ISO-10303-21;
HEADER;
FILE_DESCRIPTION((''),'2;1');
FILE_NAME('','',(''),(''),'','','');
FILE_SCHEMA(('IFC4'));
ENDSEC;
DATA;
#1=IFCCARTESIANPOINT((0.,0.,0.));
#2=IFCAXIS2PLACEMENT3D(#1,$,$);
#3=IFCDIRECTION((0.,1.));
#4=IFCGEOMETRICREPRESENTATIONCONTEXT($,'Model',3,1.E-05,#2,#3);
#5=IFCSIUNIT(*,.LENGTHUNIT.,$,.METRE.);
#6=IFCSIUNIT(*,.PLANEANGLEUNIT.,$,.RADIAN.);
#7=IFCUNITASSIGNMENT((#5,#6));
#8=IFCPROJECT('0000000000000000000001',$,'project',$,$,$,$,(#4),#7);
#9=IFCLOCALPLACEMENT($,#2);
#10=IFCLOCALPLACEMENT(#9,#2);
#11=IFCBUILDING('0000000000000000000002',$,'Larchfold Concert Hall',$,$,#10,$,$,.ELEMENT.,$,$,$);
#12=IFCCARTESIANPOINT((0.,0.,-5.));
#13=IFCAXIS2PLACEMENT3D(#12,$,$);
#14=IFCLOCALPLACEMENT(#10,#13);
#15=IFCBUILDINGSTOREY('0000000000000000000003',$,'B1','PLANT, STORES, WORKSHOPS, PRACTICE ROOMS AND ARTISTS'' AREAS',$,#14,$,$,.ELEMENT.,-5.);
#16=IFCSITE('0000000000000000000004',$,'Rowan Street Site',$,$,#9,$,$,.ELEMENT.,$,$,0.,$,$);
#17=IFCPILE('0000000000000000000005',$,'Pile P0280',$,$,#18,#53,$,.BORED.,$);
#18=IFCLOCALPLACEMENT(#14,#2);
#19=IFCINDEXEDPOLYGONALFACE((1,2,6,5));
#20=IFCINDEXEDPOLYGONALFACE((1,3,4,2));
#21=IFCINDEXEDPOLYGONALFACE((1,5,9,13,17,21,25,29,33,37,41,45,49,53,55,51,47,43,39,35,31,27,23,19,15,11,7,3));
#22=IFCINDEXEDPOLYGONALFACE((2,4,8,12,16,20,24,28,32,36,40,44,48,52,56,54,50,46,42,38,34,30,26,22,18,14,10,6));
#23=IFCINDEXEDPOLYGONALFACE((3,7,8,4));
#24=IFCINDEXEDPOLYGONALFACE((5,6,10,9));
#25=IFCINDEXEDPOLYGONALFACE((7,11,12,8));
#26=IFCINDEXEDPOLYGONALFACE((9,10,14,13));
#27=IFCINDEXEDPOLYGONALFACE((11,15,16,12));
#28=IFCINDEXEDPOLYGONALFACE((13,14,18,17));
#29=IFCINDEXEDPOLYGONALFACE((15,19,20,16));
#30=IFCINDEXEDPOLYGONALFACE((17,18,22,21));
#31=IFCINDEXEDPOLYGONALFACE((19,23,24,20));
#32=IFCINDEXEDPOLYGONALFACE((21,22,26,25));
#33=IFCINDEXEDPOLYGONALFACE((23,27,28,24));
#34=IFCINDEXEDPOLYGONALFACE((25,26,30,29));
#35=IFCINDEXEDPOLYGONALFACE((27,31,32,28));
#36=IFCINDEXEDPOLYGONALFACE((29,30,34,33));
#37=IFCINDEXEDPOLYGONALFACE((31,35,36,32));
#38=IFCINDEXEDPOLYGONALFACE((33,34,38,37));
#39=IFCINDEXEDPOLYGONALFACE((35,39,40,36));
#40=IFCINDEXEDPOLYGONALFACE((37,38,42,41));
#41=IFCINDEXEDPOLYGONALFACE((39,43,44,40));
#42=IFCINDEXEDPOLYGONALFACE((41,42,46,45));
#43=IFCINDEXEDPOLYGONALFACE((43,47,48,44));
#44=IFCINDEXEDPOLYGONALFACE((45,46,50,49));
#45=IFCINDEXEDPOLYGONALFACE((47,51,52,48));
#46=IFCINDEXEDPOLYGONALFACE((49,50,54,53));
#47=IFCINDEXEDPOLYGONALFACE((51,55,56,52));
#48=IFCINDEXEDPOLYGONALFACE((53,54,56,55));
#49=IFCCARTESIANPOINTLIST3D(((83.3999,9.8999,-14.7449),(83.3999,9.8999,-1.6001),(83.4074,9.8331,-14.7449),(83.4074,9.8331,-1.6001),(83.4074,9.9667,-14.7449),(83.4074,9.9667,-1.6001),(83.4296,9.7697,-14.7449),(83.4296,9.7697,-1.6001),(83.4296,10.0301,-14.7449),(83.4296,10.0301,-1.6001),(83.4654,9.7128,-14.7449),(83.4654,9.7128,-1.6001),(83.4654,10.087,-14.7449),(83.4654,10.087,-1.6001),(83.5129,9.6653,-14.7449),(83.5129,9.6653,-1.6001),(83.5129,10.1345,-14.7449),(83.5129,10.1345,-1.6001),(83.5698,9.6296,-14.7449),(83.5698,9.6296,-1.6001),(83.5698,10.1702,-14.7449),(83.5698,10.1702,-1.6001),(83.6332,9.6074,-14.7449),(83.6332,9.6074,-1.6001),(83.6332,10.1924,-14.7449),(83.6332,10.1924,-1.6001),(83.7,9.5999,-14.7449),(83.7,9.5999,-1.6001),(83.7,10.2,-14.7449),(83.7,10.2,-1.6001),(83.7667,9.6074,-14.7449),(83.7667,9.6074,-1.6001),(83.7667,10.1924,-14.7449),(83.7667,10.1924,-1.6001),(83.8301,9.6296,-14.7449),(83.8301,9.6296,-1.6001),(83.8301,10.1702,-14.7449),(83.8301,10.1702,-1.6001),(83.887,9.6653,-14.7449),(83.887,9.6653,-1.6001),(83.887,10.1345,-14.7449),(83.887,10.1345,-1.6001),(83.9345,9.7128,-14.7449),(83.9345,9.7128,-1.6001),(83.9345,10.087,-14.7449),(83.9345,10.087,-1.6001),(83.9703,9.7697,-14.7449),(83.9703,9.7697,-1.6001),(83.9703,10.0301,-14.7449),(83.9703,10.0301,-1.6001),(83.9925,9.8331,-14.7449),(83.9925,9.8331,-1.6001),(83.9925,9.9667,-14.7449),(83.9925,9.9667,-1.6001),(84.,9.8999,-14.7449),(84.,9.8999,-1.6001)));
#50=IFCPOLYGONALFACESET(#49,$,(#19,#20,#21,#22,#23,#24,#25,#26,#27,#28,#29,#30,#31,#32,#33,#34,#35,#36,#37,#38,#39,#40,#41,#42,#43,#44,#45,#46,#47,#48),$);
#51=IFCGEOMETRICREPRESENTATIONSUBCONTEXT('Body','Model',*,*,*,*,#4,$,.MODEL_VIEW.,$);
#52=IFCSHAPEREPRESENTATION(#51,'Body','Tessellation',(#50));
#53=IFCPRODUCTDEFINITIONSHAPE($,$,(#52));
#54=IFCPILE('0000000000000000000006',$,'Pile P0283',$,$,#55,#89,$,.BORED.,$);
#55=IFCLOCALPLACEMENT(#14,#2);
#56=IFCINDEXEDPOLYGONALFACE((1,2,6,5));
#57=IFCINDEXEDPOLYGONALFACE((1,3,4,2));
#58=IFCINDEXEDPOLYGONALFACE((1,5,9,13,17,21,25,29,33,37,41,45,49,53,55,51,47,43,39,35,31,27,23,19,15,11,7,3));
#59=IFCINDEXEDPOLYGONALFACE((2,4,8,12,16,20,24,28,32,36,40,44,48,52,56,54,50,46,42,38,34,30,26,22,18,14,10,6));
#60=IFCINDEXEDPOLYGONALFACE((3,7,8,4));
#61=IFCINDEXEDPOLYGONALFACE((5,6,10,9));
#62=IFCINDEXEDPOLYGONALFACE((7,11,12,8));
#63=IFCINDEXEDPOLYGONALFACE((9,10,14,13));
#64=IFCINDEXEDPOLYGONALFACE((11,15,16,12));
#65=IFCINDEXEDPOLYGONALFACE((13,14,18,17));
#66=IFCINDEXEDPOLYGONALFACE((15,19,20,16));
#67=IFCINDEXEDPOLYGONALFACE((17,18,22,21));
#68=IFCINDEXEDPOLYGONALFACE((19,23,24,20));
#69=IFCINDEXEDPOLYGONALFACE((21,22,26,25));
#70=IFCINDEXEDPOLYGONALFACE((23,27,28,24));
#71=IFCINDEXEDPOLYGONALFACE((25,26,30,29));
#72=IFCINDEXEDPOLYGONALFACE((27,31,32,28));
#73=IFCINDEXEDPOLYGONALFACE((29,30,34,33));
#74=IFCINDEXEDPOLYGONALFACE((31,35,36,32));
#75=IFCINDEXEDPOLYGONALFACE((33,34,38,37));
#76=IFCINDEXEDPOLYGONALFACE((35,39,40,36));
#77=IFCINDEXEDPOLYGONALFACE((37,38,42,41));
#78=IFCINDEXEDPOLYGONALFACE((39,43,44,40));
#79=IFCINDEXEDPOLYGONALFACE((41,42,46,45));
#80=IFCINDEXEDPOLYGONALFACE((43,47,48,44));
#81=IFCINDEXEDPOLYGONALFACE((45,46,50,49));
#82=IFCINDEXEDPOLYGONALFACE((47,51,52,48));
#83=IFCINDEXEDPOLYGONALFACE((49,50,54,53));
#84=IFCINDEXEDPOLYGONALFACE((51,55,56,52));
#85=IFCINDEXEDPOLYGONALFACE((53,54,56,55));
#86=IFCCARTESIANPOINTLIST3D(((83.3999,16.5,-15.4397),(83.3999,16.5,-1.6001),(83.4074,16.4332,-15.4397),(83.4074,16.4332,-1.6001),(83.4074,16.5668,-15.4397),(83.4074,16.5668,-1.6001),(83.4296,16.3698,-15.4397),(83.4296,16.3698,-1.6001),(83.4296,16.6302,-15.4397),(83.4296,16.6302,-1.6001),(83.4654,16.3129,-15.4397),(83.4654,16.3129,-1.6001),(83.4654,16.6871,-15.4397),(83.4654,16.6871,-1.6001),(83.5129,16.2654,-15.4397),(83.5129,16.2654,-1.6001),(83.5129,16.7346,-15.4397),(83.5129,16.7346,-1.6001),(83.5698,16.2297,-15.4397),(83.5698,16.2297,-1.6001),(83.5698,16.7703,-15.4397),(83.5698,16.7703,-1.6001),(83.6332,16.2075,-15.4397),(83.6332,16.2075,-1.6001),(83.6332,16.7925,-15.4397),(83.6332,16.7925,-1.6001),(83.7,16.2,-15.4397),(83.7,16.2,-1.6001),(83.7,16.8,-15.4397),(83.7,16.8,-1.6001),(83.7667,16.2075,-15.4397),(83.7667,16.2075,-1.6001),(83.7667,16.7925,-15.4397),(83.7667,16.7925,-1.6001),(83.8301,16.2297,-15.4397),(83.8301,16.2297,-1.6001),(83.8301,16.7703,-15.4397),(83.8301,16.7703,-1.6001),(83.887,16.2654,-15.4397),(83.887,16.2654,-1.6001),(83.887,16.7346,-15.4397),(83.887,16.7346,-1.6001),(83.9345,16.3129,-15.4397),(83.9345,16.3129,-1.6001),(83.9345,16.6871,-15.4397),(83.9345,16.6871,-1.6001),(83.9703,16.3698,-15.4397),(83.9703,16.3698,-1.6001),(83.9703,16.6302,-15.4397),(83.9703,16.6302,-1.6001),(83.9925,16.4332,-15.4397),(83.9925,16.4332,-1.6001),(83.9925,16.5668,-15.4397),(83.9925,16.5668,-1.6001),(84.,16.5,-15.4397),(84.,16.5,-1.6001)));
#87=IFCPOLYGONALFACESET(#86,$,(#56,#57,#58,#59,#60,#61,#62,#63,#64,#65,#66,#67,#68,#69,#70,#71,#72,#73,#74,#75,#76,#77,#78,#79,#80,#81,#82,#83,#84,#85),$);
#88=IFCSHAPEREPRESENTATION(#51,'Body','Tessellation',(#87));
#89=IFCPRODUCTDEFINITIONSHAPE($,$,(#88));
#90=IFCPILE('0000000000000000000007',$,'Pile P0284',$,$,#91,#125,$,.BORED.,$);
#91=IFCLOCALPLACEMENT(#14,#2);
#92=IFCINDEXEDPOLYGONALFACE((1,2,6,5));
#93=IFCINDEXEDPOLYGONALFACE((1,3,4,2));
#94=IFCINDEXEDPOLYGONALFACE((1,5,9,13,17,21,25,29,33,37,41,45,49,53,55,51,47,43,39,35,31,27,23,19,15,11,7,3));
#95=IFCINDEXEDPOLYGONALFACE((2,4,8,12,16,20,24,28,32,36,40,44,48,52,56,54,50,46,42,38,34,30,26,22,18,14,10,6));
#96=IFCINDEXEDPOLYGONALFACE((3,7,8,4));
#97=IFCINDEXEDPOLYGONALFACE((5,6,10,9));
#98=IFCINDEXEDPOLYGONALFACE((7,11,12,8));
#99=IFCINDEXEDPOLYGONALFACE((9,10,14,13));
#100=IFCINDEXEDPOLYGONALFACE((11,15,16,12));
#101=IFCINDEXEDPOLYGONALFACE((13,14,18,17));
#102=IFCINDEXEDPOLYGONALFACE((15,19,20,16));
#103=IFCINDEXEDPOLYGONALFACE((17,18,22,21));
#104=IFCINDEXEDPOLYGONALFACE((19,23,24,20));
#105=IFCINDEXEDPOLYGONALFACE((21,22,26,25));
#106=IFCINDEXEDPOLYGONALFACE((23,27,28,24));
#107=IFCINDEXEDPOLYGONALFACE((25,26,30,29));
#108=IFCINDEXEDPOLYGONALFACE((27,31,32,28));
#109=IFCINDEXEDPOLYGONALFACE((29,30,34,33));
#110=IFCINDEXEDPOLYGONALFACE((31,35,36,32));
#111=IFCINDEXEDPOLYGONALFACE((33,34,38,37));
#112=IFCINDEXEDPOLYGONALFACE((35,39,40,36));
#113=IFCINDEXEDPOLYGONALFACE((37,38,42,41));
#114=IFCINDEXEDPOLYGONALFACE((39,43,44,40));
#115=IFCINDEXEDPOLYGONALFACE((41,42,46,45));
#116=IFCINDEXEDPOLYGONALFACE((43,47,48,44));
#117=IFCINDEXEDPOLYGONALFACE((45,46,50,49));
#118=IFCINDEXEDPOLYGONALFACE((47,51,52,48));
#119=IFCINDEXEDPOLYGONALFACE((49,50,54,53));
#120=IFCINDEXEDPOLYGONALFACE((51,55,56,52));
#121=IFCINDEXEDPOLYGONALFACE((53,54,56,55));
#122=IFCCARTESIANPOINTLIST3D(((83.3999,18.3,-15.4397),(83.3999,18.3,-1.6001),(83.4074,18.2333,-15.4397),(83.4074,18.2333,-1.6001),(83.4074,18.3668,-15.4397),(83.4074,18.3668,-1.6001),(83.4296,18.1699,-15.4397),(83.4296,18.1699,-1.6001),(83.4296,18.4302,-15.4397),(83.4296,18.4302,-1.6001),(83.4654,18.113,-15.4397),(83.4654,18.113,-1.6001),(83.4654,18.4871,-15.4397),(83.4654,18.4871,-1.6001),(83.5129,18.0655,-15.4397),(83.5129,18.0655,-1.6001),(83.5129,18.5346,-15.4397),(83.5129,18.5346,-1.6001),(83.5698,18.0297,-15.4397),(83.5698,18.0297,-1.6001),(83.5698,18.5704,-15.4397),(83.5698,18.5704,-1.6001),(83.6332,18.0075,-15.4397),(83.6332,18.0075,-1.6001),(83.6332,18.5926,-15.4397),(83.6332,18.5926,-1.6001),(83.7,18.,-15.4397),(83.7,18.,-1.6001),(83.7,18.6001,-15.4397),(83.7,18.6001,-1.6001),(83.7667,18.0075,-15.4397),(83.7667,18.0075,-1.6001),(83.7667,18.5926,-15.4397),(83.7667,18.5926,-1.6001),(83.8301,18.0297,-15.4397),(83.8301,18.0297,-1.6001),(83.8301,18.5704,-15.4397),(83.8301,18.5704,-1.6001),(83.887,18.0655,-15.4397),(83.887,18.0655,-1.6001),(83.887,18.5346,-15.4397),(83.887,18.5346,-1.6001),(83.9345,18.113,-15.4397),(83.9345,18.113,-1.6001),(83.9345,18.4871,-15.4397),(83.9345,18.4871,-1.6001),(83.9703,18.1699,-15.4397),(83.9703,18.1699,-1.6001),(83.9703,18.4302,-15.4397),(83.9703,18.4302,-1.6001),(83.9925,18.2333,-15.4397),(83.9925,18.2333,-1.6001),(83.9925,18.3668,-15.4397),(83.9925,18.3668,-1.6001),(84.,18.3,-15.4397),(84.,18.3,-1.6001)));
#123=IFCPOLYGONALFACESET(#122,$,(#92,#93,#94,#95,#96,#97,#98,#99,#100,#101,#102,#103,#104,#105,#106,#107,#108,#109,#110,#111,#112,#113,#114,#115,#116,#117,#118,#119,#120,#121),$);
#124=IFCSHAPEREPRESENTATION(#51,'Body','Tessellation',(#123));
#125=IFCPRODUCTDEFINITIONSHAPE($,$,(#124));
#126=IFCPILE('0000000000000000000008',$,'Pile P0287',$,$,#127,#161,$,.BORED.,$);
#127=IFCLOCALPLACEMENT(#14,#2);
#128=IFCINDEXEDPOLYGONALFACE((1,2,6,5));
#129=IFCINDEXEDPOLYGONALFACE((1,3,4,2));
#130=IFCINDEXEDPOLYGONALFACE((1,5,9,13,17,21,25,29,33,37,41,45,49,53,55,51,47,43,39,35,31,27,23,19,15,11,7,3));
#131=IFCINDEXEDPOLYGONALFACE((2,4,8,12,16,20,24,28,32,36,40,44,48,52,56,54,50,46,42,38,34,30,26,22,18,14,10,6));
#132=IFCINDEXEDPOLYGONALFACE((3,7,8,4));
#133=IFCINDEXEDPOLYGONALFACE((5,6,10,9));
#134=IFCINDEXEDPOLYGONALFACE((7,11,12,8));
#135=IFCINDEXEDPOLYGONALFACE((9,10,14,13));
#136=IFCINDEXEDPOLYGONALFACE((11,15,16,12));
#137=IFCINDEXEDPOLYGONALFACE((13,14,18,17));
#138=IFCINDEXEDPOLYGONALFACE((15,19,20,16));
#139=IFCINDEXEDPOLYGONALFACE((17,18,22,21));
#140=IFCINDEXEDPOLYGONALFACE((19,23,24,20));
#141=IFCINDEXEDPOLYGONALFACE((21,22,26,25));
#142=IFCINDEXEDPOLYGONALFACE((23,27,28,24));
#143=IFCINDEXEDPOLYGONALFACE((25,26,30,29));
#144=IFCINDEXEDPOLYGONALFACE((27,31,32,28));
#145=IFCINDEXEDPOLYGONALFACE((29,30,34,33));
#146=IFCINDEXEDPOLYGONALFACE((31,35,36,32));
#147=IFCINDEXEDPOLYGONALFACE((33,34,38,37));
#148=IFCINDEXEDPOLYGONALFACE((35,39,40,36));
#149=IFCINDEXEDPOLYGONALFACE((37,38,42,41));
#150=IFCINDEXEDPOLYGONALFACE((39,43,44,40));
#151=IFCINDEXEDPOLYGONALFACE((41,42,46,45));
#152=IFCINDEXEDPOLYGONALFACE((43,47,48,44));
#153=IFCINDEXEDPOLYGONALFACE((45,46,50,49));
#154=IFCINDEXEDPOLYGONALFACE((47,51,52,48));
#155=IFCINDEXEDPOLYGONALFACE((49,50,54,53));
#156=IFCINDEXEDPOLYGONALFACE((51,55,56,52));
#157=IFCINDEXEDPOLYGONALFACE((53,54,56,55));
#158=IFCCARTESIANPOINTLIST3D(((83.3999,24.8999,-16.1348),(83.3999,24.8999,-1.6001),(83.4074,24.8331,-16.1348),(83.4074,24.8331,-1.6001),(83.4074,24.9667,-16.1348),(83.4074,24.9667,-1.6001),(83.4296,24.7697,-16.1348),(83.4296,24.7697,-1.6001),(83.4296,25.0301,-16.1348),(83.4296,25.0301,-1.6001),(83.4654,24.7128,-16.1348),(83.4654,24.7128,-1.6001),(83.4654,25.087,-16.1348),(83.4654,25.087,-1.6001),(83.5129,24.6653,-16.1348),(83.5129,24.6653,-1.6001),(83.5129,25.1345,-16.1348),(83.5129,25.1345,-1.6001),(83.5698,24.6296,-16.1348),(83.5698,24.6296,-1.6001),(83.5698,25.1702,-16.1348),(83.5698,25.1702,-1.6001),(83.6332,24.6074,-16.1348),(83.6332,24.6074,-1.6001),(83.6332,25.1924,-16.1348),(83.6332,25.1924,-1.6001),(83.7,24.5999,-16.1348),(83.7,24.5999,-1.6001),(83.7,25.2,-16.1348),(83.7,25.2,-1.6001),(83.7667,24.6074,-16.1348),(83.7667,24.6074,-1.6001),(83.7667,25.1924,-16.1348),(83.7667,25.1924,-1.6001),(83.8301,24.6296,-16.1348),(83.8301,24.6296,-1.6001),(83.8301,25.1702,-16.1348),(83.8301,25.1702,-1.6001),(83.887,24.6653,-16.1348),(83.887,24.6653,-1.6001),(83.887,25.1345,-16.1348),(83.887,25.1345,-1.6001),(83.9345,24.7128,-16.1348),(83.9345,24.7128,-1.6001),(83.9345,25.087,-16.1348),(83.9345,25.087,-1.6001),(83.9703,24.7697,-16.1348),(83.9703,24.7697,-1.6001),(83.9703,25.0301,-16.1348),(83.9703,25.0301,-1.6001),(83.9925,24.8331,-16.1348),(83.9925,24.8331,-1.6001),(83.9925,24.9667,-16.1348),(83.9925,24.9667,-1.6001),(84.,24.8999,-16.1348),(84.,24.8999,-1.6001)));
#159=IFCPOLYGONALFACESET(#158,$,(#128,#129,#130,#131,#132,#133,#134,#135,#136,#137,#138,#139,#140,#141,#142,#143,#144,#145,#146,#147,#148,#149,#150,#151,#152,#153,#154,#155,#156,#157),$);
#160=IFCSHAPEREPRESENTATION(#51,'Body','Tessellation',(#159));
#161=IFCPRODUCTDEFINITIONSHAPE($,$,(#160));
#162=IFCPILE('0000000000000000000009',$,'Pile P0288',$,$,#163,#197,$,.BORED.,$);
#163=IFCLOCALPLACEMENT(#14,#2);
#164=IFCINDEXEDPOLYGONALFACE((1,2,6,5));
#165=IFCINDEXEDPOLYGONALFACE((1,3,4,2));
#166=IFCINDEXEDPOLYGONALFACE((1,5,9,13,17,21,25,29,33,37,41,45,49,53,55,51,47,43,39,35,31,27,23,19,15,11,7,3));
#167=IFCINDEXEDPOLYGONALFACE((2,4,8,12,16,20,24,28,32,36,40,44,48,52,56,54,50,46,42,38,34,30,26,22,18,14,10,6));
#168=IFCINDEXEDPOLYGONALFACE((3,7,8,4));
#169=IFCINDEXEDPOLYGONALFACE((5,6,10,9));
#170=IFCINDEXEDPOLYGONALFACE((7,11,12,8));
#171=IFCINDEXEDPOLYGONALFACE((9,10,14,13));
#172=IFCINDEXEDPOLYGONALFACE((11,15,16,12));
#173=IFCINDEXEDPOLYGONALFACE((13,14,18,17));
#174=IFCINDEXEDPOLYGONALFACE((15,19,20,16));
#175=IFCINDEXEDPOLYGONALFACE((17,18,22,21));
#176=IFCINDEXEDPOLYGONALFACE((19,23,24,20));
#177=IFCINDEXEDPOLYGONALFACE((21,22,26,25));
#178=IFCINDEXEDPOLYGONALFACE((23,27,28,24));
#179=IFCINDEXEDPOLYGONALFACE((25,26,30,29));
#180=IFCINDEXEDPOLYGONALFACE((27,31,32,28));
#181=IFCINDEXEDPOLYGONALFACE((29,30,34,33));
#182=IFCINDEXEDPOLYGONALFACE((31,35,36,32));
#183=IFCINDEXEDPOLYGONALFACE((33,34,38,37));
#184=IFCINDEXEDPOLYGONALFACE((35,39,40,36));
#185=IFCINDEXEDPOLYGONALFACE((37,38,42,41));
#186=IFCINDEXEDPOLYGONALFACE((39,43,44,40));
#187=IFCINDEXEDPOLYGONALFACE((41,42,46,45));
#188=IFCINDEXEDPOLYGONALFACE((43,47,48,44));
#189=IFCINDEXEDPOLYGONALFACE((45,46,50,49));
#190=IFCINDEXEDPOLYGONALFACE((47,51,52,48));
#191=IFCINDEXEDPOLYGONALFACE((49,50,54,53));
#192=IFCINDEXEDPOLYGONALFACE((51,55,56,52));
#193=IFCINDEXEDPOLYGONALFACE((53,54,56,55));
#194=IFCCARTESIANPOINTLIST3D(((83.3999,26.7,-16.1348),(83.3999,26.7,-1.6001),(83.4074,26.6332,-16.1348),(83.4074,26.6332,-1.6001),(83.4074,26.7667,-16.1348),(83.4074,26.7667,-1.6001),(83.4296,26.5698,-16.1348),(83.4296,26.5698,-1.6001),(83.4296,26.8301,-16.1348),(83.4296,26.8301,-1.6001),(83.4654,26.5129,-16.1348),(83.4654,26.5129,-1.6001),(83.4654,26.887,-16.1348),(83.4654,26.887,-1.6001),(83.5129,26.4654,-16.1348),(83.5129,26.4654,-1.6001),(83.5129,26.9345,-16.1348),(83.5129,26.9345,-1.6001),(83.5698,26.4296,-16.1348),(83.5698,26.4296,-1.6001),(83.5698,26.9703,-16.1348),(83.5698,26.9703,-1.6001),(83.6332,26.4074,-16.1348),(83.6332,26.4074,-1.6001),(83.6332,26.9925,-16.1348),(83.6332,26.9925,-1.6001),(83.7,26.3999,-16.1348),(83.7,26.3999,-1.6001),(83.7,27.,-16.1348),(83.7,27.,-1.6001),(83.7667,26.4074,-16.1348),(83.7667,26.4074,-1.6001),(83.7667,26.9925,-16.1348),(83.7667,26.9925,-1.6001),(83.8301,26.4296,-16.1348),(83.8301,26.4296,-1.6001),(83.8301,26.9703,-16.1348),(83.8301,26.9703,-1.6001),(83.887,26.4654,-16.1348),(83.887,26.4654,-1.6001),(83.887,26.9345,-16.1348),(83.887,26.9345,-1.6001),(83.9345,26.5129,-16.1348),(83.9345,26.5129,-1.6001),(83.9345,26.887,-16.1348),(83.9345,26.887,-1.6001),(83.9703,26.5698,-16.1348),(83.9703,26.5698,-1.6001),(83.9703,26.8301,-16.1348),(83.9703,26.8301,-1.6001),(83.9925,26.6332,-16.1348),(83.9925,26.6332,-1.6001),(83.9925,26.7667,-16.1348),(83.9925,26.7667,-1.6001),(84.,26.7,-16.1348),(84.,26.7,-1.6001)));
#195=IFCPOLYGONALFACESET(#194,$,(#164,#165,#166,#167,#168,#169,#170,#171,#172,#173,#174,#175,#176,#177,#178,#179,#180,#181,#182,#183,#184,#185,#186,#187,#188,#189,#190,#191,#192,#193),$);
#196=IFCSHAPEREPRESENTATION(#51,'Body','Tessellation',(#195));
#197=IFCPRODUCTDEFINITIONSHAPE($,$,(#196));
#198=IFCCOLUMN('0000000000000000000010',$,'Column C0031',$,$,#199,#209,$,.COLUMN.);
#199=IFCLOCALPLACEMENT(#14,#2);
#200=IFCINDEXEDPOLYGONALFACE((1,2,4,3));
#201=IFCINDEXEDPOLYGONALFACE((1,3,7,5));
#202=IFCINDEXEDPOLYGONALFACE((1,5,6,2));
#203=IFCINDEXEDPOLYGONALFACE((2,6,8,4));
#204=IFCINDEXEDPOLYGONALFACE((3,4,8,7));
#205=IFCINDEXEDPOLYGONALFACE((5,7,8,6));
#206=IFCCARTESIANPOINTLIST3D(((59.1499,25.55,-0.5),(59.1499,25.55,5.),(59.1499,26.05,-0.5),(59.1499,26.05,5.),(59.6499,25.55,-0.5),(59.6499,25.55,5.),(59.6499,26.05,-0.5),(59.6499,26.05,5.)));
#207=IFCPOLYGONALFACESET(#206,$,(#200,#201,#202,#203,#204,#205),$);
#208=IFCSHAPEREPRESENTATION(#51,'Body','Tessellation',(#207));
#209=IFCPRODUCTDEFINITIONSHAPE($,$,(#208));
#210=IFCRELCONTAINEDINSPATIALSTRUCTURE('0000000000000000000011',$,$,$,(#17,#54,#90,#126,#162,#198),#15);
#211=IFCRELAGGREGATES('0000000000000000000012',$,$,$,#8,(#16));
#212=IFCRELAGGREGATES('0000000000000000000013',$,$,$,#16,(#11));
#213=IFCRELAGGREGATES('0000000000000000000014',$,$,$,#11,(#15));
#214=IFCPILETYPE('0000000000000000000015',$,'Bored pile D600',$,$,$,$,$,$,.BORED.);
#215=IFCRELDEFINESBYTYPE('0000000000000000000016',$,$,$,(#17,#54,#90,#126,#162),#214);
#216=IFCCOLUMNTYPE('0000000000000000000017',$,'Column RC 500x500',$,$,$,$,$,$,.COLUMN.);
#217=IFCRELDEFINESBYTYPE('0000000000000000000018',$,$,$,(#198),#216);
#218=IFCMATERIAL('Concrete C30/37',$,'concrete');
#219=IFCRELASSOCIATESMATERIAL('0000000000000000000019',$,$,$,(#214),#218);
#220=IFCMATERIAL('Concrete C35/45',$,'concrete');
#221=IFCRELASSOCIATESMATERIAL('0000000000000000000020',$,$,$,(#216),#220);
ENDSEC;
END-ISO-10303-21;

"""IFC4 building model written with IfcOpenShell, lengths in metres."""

from ifc_helpers import new_model, si_unit, direction, frame, origin, origin_2d, place, context, subcontext, project, spatial, rectangle, circle, extrude, material, material_profile, profile_set, type_object, element, save


model = new_model("IFC4")

# Units and contexts
model_context = context("Model", 3, precision=1e-05, world=origin(), true_north=direction((0.0, 1.0)))
body_context = subcontext(model_context, "Body", "Model", "MODEL_VIEW")
ifc_project = project(units=[si_unit("LENGTHUNIT", "METRE"), si_unit("PLANEANGLEUNIT", "RADIAN")], contexts=[model_context])

# Site, building, storey
site_placement = place(None, origin())
site = spatial("IfcSite", under=ifc_project, at=site_placement, Name="Rowan Street Site", CompositionType="ELEMENT", RefElevation=0.0)
building_placement = place(site_placement, origin())
building = spatial("IfcBuilding", under=site, at=building_placement, Name="Larchfold Concert Hall", CompositionType="ELEMENT")
storey_placement = place(building_placement, frame((0.0, 0.0, -5.0)))
storey = spatial("IfcBuildingStorey", under=building, at=storey_placement, Name="B1", Description="PLANT, STORES, WORKSHOPS, PRACTICE ROOMS AND ARTISTS' AREAS", CompositionType="ELEMENT", Elevation=-5.0)

# Piles
ifc_material_1 = material(Name="Concrete C30/37", Category="concrete")
ifc_material_profile_1 = material_profile(ifc_material_1, circle(Radius=0.3, at=origin_2d()))
ifc_profile_set_1 = profile_set([ifc_material_profile_1], Name="Concrete C30/37")
pile_type = type_object("IfcPileType", Name="Bored pile D600", PredefinedType="BORED", material=ifc_profile_set_1)
for number, where, z_axis, x_axis, name in (
    (1, (83.7, 9.8999, -1.6001), (0.0, 0.0, -1.0), (1.0, 0.0, 0.0), "Pile P0280"),
):
    element("IfcPile", number, at=place(storey_placement, frame(where, z_axis=z_axis, x_axis=x_axis)), inside=storey, type_object=pile_type, Name=name, PredefinedType="BORED", context=body_context, shape_type="SweptSolid", body=[
        extrude(circle(Radius=0.3, at=origin_2d()), origin(), (0.0, 0.0, 1.0), 13.1448),
    ])
for number, where, z_axis, x_axis, name in (
    (2, (83.7, 16.5, -1.6001), (0.0, 0.0, -1.0), (1.0, 0.0, 0.0), "Pile P0283"),
    (3, (83.7, 18.3, -1.6001), (0.0, 0.0, -1.0), (1.0, 0.0, 0.0), "Pile P0284"),
):
    element("IfcPile", number, at=place(storey_placement, frame(where, z_axis=z_axis, x_axis=x_axis)), inside=storey, type_object=pile_type, Name=name, PredefinedType="BORED", context=body_context, shape_type="SweptSolid", body=[
        extrude(circle(Radius=0.3, at=origin_2d()), origin(), (0.0, 0.0, 1.0), 13.8396),
    ])
for number, where, z_axis, x_axis, name in (
    (4, (83.7, 24.8999, -1.6001), (0.0, 0.0, -1.0), (1.0, 0.0, 0.0), "Pile P0287"),
    (5, (83.7, 26.7, -1.6001), (0.0, 0.0, -1.0), (1.0, 0.0, 0.0), "Pile P0288"),
):
    element("IfcPile", number, at=place(storey_placement, frame(where, z_axis=z_axis, x_axis=x_axis)), inside=storey, type_object=pile_type, Name=name, PredefinedType="BORED", context=body_context, shape_type="SweptSolid", body=[
        extrude(circle(Radius=0.3, at=origin_2d()), origin(), (0.0, 0.0, 1.0), 14.5347),
    ])

# Column
ifc_material_2 = material(Name="Concrete C35/45", Category="concrete")
ifc_material_profile_2 = material_profile(ifc_material_2, rectangle(XDim=0.5, YDim=0.5, at=origin_2d()))
ifc_profile_set_2 = profile_set([ifc_material_profile_2], Name="Concrete C35/45")
column_type_1 = type_object("IfcColumnType", Name="Column RC 500x500", PredefinedType="COLUMN", material=ifc_profile_set_2)
column_placement = place(storey_placement, frame((59.3999, 25.8, -0.5), z_axis=(0.0, 0.0, 1.0), x_axis=(1.0, 0.0, 0.0)))
element("IfcColumn", 6, at=column_placement, inside=storey, type_object=column_type_1, Name="Column C0031", PredefinedType="COLUMN", context=body_context, shape_type="SweptSolid", body=[
    extrude(rectangle(XDim=0.5, YDim=0.5, at=origin_2d()), origin(), (0.0, 0.0, 1.0), 5.5),
])

save(model, "model.ifc")
